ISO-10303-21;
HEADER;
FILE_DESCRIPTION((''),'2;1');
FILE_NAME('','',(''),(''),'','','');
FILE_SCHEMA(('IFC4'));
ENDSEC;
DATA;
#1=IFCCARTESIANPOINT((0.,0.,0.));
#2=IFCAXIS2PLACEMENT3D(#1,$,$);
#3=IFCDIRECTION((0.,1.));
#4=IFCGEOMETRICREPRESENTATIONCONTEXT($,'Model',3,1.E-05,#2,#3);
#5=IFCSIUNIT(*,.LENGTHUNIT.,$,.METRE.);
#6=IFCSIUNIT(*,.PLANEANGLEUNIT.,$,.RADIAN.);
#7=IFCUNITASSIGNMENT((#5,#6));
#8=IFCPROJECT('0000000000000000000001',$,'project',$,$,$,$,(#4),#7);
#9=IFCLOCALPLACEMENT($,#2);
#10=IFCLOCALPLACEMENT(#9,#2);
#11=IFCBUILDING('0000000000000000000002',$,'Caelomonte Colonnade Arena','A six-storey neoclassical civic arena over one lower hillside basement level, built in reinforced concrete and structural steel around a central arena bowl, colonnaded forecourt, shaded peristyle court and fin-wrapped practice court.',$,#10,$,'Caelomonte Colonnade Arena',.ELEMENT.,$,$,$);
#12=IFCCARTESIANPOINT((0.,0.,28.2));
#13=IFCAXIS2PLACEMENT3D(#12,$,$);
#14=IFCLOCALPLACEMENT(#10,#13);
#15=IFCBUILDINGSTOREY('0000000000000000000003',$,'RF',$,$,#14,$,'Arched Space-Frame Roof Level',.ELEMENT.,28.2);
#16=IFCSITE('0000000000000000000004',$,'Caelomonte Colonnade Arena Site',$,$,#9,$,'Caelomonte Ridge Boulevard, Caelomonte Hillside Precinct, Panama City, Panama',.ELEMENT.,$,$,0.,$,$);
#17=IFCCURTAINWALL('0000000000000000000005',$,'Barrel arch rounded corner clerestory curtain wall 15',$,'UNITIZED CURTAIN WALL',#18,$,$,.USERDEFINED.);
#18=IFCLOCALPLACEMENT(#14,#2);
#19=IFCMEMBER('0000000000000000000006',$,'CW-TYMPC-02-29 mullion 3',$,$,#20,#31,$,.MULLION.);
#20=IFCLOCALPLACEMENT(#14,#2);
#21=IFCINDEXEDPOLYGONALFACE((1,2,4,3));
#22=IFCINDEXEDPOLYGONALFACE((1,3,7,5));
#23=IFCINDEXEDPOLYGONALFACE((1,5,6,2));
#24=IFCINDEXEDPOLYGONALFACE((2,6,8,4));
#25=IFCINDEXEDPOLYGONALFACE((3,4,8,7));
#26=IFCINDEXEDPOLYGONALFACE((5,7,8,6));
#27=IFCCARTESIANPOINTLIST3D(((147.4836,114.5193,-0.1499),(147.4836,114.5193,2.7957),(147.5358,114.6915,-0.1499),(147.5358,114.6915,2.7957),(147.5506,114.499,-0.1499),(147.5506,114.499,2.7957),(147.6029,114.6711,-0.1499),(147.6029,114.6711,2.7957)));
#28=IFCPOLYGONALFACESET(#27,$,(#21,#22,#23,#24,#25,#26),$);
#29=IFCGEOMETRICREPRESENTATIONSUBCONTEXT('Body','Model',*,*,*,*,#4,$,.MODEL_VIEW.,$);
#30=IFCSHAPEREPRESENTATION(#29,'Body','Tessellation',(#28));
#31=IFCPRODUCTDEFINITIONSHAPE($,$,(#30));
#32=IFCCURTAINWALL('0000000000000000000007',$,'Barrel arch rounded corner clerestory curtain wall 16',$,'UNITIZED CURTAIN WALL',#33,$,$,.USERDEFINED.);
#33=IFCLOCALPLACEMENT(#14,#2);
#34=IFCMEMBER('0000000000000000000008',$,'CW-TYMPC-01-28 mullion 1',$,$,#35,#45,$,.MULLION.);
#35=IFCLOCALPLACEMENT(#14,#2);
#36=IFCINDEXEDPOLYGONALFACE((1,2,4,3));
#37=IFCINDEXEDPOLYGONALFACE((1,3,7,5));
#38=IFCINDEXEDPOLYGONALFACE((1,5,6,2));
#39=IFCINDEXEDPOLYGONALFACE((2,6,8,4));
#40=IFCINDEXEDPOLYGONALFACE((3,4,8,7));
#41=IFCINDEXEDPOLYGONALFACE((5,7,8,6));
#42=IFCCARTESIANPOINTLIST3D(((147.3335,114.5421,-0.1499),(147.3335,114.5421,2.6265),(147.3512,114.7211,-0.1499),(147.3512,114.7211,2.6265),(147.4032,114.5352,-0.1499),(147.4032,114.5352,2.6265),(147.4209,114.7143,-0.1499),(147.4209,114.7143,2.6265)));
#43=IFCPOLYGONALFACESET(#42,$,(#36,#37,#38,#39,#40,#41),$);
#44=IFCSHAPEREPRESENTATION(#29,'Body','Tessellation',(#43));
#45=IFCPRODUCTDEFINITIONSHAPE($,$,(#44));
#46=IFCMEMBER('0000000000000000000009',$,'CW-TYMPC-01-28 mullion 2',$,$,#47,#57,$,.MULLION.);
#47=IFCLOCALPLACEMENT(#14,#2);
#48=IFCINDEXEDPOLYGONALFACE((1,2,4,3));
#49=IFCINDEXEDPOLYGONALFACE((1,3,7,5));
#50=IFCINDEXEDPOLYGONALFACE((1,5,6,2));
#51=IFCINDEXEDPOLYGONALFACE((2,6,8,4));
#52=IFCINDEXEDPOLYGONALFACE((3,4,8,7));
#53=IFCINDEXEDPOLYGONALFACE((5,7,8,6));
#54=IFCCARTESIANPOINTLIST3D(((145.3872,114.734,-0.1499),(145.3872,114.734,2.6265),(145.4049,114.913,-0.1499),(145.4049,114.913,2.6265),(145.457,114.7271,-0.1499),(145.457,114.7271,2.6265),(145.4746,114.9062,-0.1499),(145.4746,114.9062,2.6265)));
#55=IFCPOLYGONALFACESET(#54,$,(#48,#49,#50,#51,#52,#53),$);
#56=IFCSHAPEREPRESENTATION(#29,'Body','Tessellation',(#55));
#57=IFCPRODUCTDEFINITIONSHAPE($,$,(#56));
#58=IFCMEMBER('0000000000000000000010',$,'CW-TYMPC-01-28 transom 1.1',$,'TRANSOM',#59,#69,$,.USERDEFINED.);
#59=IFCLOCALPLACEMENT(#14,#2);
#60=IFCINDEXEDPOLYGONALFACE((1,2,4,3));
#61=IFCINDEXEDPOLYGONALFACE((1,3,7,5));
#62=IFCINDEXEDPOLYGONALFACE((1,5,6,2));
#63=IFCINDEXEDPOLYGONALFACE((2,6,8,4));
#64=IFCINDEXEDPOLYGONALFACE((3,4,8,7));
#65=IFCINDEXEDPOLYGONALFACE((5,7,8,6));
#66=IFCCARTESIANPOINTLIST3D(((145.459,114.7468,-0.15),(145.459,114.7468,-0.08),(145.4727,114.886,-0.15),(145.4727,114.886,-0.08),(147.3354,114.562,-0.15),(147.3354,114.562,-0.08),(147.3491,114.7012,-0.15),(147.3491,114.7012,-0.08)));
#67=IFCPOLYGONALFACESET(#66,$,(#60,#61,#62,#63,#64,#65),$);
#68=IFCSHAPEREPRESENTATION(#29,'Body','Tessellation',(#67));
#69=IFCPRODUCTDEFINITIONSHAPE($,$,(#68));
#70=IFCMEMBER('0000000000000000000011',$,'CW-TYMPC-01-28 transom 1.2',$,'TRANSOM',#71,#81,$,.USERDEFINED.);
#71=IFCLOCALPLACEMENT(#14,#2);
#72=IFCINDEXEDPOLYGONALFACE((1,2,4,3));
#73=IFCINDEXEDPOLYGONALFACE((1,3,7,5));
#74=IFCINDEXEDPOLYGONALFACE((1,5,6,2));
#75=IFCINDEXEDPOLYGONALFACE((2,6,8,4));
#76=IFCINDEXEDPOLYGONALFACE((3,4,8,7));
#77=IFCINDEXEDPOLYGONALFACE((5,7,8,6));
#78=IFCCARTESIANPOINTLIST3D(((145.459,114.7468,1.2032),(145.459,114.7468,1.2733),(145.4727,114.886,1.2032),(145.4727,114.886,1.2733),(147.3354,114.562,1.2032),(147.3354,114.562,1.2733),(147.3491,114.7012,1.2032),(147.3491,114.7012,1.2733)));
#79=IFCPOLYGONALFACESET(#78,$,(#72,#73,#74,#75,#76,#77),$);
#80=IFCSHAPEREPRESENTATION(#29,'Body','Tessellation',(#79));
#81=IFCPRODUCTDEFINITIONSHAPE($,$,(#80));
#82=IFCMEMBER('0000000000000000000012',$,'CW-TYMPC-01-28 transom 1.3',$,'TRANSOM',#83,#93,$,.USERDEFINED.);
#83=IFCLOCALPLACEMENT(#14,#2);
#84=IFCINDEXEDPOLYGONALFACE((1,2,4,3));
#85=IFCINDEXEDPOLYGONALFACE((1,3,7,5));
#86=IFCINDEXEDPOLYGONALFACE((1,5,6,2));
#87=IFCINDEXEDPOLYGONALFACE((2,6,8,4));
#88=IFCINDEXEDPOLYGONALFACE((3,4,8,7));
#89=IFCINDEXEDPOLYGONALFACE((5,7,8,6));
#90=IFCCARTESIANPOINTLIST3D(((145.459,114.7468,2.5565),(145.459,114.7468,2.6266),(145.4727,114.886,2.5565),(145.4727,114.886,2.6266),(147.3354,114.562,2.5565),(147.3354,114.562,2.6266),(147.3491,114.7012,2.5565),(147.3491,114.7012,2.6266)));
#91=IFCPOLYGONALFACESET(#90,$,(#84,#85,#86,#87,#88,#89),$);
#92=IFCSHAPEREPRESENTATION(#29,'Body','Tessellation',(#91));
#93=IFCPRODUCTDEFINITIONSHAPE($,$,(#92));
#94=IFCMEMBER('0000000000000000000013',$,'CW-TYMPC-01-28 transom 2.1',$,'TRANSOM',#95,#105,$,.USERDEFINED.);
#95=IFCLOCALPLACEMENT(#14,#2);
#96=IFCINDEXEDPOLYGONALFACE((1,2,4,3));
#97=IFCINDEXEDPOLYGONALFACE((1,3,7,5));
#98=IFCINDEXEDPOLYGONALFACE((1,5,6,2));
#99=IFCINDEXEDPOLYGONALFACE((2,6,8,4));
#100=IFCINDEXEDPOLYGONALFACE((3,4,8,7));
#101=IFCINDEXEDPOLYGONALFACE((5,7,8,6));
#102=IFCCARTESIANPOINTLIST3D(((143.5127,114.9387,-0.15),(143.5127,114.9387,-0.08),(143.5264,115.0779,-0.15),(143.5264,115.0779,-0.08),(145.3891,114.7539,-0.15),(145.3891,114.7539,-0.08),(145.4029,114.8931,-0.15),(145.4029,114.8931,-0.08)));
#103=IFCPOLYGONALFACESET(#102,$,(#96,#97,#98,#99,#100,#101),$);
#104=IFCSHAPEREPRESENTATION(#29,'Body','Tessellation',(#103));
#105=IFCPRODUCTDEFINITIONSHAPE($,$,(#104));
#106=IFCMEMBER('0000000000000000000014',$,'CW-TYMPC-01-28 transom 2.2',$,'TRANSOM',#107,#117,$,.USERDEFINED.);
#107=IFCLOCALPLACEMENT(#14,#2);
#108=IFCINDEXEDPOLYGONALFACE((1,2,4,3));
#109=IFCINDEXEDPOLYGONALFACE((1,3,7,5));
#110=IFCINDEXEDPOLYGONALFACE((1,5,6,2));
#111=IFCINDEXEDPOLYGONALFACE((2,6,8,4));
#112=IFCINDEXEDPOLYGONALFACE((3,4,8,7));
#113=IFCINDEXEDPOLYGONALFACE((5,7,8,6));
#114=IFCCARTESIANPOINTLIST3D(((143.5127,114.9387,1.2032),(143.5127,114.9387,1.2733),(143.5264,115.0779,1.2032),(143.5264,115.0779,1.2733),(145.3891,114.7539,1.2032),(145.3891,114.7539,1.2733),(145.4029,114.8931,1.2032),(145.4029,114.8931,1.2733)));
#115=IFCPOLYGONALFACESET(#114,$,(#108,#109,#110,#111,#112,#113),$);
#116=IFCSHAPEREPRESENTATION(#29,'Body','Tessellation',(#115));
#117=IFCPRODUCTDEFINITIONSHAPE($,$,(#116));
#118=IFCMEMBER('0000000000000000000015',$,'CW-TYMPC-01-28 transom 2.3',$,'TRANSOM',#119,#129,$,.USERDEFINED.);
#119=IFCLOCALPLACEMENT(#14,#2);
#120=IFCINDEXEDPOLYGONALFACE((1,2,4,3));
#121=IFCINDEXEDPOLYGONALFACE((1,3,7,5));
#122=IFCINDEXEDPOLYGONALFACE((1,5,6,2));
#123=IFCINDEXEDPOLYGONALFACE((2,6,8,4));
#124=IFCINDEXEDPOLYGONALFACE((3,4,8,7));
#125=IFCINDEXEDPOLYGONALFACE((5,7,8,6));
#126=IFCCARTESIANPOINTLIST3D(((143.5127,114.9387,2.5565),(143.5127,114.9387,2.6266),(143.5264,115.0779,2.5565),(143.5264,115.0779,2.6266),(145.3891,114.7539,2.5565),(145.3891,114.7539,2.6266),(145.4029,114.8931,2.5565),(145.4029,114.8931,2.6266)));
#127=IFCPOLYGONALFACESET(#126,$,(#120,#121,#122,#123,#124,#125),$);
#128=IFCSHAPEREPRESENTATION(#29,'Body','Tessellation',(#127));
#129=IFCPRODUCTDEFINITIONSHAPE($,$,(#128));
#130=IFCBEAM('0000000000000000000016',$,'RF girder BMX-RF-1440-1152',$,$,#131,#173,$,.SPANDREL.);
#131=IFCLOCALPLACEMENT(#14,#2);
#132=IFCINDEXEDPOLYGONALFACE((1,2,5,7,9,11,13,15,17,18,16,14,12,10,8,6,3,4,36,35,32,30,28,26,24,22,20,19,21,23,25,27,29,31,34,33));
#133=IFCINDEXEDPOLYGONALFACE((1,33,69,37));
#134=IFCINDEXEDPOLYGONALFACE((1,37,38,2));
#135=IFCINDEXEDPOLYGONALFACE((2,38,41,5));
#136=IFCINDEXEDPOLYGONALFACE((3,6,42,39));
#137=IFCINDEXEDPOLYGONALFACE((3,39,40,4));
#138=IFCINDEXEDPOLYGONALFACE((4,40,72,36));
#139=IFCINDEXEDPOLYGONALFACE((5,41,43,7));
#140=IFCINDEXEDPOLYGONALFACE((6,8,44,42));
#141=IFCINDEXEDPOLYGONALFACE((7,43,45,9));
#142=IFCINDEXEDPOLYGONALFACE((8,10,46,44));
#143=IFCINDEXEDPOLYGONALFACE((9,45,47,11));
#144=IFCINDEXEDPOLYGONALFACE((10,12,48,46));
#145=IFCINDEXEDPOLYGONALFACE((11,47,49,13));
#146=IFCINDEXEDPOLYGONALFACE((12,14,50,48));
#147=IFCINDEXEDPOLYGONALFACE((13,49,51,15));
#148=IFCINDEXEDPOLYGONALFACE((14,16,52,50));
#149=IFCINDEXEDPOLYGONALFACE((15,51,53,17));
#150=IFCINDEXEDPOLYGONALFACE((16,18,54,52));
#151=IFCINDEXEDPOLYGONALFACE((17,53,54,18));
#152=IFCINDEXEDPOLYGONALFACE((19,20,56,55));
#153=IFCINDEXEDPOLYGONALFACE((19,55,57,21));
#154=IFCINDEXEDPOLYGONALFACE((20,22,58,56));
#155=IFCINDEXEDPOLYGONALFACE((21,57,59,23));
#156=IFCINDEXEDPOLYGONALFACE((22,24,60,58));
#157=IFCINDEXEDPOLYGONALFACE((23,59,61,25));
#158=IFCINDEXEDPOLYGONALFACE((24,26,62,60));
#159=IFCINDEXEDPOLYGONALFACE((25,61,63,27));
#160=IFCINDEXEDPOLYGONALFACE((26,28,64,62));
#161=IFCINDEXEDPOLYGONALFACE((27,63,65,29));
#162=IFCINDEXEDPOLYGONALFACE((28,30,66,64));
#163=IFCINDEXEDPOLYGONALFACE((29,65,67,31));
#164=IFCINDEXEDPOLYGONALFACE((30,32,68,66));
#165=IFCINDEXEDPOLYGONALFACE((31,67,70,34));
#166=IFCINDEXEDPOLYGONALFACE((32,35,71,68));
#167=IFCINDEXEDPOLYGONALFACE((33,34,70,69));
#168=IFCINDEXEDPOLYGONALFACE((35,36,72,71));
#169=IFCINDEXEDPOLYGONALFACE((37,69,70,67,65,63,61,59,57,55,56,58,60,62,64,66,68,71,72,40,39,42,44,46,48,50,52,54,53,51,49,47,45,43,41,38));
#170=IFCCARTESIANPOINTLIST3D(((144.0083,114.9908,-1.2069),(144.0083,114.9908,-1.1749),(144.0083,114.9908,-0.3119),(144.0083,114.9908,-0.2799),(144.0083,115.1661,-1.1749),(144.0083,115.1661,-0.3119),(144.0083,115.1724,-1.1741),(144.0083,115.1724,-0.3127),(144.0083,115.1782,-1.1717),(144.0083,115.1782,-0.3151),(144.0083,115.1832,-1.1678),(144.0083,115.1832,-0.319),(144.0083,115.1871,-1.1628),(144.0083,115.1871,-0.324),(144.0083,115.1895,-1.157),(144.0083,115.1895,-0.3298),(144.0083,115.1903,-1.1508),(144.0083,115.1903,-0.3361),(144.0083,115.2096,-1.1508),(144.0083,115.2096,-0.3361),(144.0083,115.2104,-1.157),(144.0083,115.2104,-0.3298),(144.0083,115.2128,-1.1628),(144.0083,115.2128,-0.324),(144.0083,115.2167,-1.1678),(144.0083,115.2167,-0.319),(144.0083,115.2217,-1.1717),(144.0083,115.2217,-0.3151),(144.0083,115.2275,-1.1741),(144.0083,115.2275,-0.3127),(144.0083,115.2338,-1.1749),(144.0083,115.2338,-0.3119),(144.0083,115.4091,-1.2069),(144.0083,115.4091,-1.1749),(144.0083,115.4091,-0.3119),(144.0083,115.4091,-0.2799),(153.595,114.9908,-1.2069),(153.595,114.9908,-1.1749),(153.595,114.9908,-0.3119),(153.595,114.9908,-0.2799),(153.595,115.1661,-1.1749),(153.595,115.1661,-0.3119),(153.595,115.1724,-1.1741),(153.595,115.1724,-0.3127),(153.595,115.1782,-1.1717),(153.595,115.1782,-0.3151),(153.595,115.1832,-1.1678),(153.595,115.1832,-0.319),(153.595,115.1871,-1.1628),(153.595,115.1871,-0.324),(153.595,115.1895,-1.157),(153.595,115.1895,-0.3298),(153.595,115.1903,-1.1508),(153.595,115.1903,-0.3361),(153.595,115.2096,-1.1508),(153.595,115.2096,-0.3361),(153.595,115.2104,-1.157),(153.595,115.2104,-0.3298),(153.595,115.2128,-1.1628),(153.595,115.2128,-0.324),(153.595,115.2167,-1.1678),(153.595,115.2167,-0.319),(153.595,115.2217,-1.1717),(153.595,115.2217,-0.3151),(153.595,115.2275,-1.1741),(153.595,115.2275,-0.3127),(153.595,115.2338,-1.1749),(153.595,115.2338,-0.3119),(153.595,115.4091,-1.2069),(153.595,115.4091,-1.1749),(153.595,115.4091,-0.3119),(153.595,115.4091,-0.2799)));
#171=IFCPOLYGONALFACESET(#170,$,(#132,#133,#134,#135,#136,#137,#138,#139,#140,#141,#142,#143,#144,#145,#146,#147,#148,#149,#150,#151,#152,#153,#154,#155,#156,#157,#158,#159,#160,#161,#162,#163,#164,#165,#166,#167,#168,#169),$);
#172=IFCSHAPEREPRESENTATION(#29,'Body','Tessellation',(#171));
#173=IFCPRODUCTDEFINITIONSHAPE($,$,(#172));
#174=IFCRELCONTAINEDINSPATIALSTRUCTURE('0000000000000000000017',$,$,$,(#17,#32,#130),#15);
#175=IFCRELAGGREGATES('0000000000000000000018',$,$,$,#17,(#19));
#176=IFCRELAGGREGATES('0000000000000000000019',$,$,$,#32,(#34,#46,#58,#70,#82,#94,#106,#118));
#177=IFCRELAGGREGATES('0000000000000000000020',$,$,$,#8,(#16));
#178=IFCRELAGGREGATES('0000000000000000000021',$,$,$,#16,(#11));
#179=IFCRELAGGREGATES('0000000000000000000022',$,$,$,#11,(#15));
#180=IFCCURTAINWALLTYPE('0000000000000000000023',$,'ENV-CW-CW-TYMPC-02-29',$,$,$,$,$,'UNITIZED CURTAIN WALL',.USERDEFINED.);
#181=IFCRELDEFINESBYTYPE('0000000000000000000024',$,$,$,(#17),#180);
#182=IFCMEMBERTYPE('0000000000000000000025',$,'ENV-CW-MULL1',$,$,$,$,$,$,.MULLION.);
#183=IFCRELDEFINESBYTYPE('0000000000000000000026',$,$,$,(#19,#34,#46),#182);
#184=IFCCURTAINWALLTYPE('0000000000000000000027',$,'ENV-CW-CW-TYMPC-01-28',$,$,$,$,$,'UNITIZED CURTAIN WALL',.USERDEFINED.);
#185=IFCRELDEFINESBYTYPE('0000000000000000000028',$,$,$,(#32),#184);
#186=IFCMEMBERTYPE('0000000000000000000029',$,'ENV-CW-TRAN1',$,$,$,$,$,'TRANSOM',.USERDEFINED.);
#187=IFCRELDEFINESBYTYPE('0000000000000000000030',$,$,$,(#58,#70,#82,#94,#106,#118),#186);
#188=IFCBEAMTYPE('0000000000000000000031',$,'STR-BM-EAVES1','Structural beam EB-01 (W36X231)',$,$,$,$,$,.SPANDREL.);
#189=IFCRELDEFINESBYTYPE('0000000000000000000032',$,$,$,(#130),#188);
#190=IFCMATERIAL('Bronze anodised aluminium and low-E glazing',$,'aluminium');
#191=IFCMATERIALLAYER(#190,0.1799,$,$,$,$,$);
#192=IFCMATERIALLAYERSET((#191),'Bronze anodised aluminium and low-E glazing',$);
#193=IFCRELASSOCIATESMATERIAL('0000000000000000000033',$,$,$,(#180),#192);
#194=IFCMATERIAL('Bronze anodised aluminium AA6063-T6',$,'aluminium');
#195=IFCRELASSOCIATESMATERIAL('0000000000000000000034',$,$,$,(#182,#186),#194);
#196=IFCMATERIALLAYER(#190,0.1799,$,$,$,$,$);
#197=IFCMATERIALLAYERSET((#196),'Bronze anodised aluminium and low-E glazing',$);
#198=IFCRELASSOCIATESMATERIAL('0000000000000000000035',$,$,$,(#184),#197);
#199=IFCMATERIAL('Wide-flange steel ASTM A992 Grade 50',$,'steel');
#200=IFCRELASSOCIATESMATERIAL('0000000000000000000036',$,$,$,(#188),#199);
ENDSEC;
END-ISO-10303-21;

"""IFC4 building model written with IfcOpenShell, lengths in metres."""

from ifc_helpers import new_model, si_unit, direction, frame, origin, origin_2d, place, context, subcontext, project, spatial, rectangle, i_section, extrude, material, layer, layer_set, material_profile, profile_set, type_object, element, aggregate, save


model = new_model("IFC4")

# Units and contexts
model_context = context("Model", 3, precision=1e-05, world=origin(), true_north=direction((0.0, 1.0)))
body_context = subcontext(model_context, "Body", "Model", "MODEL_VIEW")
ifc_project = project(units=[si_unit("LENGTHUNIT", "METRE"), si_unit("PLANEANGLEUNIT", "RADIAN")], contexts=[model_context])

# Site, building, storey
site_placement = place(None, origin())
site = spatial("IfcSite", under=ifc_project, at=site_placement, Name="Caelomonte Colonnade Arena Site", LongName="Caelomonte Ridge Boulevard, Caelomonte Hillside Precinct, Panama City, Panama", CompositionType="ELEMENT", RefElevation=0.0)
building_placement = place(site_placement, origin())
building = spatial("IfcBuilding", under=site, at=building_placement, Name="Caelomonte Colonnade Arena", Description="A six-storey neoclassical civic arena over one lower hillside basement level, built in reinforced concrete and structural steel around a central arena bowl, colonnaded forecourt, shaded peristyle court and fin-wrapped practice court.", LongName="Caelomonte Colonnade Arena", CompositionType="ELEMENT")
storey_placement = place(building_placement, frame((0.0, 0.0, 28.2)))
storey = spatial("IfcBuildingStorey", under=building, at=storey_placement, Name="RF", LongName="Arched Space-Frame Roof Level", CompositionType="ELEMENT", Elevation=28.2)

# Curtain wall, member
ifc_material_1 = material(Name="Bronze anodised aluminium and low-E glazing", Category="aluminium")
ifc_layer_1 = layer(ifc_material_1, 0.1799)
ifc_layer_set_1 = layer_set([ifc_layer_1], Name="Bronze anodised aluminium and low-E glazing")
curtain_wall_type_1 = type_object("IfcCurtainWallType", Name="ENV-CW-CW-TYMPC-02-29", ElementType="UNITIZED CURTAIN WALL", PredefinedType="USERDEFINED", material=ifc_layer_set_1)
curtain_wall_1_placement = place(storey_placement, origin())
curtain_wall_1 = element("IfcCurtainWall", 1, at=curtain_wall_1_placement, inside=storey, type_object=curtain_wall_type_1, Name="Barrel arch rounded corner clerestory curtain wall 15", ObjectType="UNITIZED CURTAIN WALL", PredefinedType="USERDEFINED")
ifc_material_2 = material(Name="Bronze anodised aluminium AA6063-T6", Category="aluminium")
ifc_material_profile_1 = material_profile(ifc_material_2, rectangle(XDim=0.0701, YDim=0.1799, at=origin_2d()), Name="CWM-70X180")
ifc_profile_set_1 = profile_set([ifc_material_profile_1], Name="Bronze anodised aluminium AA6063-T6")
member_type_1 = type_object("IfcMemberType", Name="ENV-CW-MULL1", PredefinedType="MULLION", material=ifc_profile_set_1)
member_1_placement = place(storey_placement, frame((147.5432, 114.5952, -0.1499), z_axis=(0.0, 0.0, 1.0), x_axis=(-0.956946, 0.290266, 0.0)))
member_1 = element("IfcMember", 2, at=member_1_placement, type_object=member_type_1, Name="CW-TYMPC-02-29 mullion 3", PredefinedType="MULLION", context=body_context, shape_type="SweptSolid", body=[
    extrude(rectangle(XDim=0.0701, YDim=0.1799, at=origin_2d()), origin(), (0.0, 0.0, 1.0), 2.9456),
])

# Curtain wall, members
ifc_layer_2 = layer(ifc_material_1, 0.1799)
ifc_layer_set_2 = layer_set([ifc_layer_2], Name="Bronze anodised aluminium and low-E glazing")
curtain_wall_type_2 = type_object("IfcCurtainWallType", Name="ENV-CW-CW-TYMPC-01-28", ElementType="UNITIZED CURTAIN WALL", PredefinedType="USERDEFINED", material=ifc_layer_set_2)
curtain_wall_2_placement = place(storey_placement, origin())
curtain_wall_2 = element("IfcCurtainWall", 3, at=curtain_wall_2_placement, inside=storey, type_object=curtain_wall_type_2, Name="Barrel arch rounded corner clerestory curtain wall 16", ObjectType="UNITIZED CURTAIN WALL", PredefinedType="USERDEFINED")
member_2_placement = place(storey_placement, frame((147.3772, 114.6282, -0.1499), z_axis=(0.0, 0.0, 1.0), x_axis=(-0.995183, 0.098031, 0.0)))
member_2 = element("IfcMember", 4, at=member_2_placement, type_object=member_type_1, Name="CW-TYMPC-01-28 mullion 1", PredefinedType="MULLION", context=body_context, shape_type="SweptSolid", body=[
    extrude(rectangle(XDim=0.0701, YDim=0.1799, at=origin_2d()), origin(), (0.0, 0.0, 1.0), 2.7764),
])
member_3_placement = place(storey_placement, frame((145.4309, 114.8201, -0.1499), z_axis=(0.0, 0.0, 1.0), x_axis=(-0.995183, 0.098031, 0.0)))
member_3 = element("IfcMember", 5, at=member_3_placement, type_object=member_type_1, Name="CW-TYMPC-01-28 mullion 2", PredefinedType="MULLION", context=body_context, shape_type="SweptSolid", body=[
    extrude(rectangle(XDim=0.0701, YDim=0.1799, at=origin_2d()), origin(), (0.0, 0.0, 1.0), 2.7764),
])
ifc_material_profile_2 = material_profile(ifc_material_2, rectangle(XDim=0.0701, YDim=0.1399, at=origin_2d()), Name="CWT-70X140")
ifc_profile_set_2 = profile_set([ifc_material_profile_2], Name="Bronze anodised aluminium AA6063-T6")
member_type_2 = type_object("IfcMemberType", Name="ENV-CW-TRAN1", ElementType="TRANSOM", PredefinedType="USERDEFINED", material=ifc_profile_set_2)
member_4_placement = place(storey_placement, frame((147.3423, 114.6316, -0.115), z_axis=(-0.995185, 0.098017, 0.0), x_axis=(0.0, 0.0, 1.0)))
member_4 = element("IfcMember", 6, at=member_4_placement, type_object=member_type_2, Name="CW-TYMPC-01-28 transom 1.1", ObjectType="TRANSOM", PredefinedType="USERDEFINED", context=body_context, shape_type="SweptSolid", body=[
    extrude(rectangle(XDim=0.0701, YDim=0.1399, at=origin_2d()), origin(), (0.0, 0.0, 1.0), 1.8855),
])
member_5_placement = place(storey_placement, frame((147.3423, 114.6316, 1.2383), z_axis=(-0.995185, 0.098017, 0.0), x_axis=(0.0, 0.0, 1.0)))
member_5 = element("IfcMember", 7, at=member_5_placement, type_object=member_type_2, Name="CW-TYMPC-01-28 transom 1.2", ObjectType="TRANSOM", PredefinedType="USERDEFINED", context=body_context, shape_type="SweptSolid", body=[
    extrude(rectangle(XDim=0.0701, YDim=0.1399, at=origin_2d()), origin(), (0.0, 0.0, 1.0), 1.8855),
])
member_6_placement = place(storey_placement, frame((147.3423, 114.6316, 2.5916), z_axis=(-0.995185, 0.098017, 0.0), x_axis=(0.0, 0.0, 1.0)))
member_6 = element("IfcMember", 8, at=member_6_placement, type_object=member_type_2, Name="CW-TYMPC-01-28 transom 1.3", ObjectType="TRANSOM", PredefinedType="USERDEFINED", context=body_context, shape_type="SweptSolid", body=[
    extrude(rectangle(XDim=0.0701, YDim=0.1399, at=origin_2d()), origin(), (0.0, 0.0, 1.0), 1.8855),
])
member_7_placement = place(storey_placement, frame((145.396, 114.8235, -0.115), z_axis=(-0.995185, 0.098017, 0.0), x_axis=(0.0, 0.0, 1.0)))
member_7 = element("IfcMember", 9, at=member_7_placement, type_object=member_type_2, Name="CW-TYMPC-01-28 transom 2.1", ObjectType="TRANSOM", PredefinedType="USERDEFINED", context=body_context, shape_type="SweptSolid", body=[
    extrude(rectangle(XDim=0.0701, YDim=0.1399, at=origin_2d()), origin(), (0.0, 0.0, 1.0), 1.8855),
])
member_8_placement = place(storey_placement, frame((145.396, 114.8235, 1.2383), z_axis=(-0.995185, 0.098017, 0.0), x_axis=(0.0, 0.0, 1.0)))
member_8 = element("IfcMember", 10, at=member_8_placement, type_object=member_type_2, Name="CW-TYMPC-01-28 transom 2.2", ObjectType="TRANSOM", PredefinedType="USERDEFINED", context=body_context, shape_type="SweptSolid", body=[
    extrude(rectangle(XDim=0.0701, YDim=0.1399, at=origin_2d()), origin(), (0.0, 0.0, 1.0), 1.8855),
])
member_9_placement = place(storey_placement, frame((145.396, 114.8235, 2.5916), z_axis=(-0.995185, 0.098017, 0.0), x_axis=(0.0, 0.0, 1.0)))
member_9 = element("IfcMember", 11, at=member_9_placement, type_object=member_type_2, Name="CW-TYMPC-01-28 transom 2.3", ObjectType="TRANSOM", PredefinedType="USERDEFINED", context=body_context, shape_type="SweptSolid", body=[
    extrude(rectangle(XDim=0.0701, YDim=0.1399, at=origin_2d()), origin(), (0.0, 0.0, 1.0), 1.8855),
])

# Beam
ifc_material_3 = material(Name="Wide-flange steel ASTM A992 Grade 50", Category="steel")
ifc_material_profile_3 = material_profile(ifc_material_3, i_section(OverallWidth=0.4182, OverallDepth=0.927, WebThickness=0.0193, FlangeThickness=0.032, FilletRadius=0.0242, at=origin_2d()), Name="W36X231")
ifc_profile_set_3 = profile_set([ifc_material_profile_3], Name="Wide-flange steel ASTM A992 Grade 50")
beam_type_1 = type_object("IfcBeamType", Name="STR-BM-EAVES1", Description="Structural beam EB-01 (W36X231)", PredefinedType="SPANDREL", material=ifc_profile_set_3)
beam_1_placement = place(storey_placement, frame((144.0083, 115.2, -0.7434), z_axis=(1.0, 0.0, 0.0), x_axis=(0.0, 1.0, 0.0)))
element("IfcBeam", 12, at=beam_1_placement, inside=storey, type_object=beam_type_1, Name="RF girder BMX-RF-1440-1152", PredefinedType="SPANDREL", context=body_context, shape_type="SweptSolid", body=[
    extrude(i_section(OverallWidth=0.4182, OverallDepth=0.927, WebThickness=0.0193, FlangeThickness=0.032, FilletRadius=0.0242, at=origin_2d()), origin(), (0.0, 0.0, 1.0), 9.5867),
])

aggregate(curtain_wall_1, [member_1])
aggregate(curtain_wall_2, [member_2, member_3, member_4, member_5, member_6, member_7, member_8, member_9])

save(model, "model.ifc")
